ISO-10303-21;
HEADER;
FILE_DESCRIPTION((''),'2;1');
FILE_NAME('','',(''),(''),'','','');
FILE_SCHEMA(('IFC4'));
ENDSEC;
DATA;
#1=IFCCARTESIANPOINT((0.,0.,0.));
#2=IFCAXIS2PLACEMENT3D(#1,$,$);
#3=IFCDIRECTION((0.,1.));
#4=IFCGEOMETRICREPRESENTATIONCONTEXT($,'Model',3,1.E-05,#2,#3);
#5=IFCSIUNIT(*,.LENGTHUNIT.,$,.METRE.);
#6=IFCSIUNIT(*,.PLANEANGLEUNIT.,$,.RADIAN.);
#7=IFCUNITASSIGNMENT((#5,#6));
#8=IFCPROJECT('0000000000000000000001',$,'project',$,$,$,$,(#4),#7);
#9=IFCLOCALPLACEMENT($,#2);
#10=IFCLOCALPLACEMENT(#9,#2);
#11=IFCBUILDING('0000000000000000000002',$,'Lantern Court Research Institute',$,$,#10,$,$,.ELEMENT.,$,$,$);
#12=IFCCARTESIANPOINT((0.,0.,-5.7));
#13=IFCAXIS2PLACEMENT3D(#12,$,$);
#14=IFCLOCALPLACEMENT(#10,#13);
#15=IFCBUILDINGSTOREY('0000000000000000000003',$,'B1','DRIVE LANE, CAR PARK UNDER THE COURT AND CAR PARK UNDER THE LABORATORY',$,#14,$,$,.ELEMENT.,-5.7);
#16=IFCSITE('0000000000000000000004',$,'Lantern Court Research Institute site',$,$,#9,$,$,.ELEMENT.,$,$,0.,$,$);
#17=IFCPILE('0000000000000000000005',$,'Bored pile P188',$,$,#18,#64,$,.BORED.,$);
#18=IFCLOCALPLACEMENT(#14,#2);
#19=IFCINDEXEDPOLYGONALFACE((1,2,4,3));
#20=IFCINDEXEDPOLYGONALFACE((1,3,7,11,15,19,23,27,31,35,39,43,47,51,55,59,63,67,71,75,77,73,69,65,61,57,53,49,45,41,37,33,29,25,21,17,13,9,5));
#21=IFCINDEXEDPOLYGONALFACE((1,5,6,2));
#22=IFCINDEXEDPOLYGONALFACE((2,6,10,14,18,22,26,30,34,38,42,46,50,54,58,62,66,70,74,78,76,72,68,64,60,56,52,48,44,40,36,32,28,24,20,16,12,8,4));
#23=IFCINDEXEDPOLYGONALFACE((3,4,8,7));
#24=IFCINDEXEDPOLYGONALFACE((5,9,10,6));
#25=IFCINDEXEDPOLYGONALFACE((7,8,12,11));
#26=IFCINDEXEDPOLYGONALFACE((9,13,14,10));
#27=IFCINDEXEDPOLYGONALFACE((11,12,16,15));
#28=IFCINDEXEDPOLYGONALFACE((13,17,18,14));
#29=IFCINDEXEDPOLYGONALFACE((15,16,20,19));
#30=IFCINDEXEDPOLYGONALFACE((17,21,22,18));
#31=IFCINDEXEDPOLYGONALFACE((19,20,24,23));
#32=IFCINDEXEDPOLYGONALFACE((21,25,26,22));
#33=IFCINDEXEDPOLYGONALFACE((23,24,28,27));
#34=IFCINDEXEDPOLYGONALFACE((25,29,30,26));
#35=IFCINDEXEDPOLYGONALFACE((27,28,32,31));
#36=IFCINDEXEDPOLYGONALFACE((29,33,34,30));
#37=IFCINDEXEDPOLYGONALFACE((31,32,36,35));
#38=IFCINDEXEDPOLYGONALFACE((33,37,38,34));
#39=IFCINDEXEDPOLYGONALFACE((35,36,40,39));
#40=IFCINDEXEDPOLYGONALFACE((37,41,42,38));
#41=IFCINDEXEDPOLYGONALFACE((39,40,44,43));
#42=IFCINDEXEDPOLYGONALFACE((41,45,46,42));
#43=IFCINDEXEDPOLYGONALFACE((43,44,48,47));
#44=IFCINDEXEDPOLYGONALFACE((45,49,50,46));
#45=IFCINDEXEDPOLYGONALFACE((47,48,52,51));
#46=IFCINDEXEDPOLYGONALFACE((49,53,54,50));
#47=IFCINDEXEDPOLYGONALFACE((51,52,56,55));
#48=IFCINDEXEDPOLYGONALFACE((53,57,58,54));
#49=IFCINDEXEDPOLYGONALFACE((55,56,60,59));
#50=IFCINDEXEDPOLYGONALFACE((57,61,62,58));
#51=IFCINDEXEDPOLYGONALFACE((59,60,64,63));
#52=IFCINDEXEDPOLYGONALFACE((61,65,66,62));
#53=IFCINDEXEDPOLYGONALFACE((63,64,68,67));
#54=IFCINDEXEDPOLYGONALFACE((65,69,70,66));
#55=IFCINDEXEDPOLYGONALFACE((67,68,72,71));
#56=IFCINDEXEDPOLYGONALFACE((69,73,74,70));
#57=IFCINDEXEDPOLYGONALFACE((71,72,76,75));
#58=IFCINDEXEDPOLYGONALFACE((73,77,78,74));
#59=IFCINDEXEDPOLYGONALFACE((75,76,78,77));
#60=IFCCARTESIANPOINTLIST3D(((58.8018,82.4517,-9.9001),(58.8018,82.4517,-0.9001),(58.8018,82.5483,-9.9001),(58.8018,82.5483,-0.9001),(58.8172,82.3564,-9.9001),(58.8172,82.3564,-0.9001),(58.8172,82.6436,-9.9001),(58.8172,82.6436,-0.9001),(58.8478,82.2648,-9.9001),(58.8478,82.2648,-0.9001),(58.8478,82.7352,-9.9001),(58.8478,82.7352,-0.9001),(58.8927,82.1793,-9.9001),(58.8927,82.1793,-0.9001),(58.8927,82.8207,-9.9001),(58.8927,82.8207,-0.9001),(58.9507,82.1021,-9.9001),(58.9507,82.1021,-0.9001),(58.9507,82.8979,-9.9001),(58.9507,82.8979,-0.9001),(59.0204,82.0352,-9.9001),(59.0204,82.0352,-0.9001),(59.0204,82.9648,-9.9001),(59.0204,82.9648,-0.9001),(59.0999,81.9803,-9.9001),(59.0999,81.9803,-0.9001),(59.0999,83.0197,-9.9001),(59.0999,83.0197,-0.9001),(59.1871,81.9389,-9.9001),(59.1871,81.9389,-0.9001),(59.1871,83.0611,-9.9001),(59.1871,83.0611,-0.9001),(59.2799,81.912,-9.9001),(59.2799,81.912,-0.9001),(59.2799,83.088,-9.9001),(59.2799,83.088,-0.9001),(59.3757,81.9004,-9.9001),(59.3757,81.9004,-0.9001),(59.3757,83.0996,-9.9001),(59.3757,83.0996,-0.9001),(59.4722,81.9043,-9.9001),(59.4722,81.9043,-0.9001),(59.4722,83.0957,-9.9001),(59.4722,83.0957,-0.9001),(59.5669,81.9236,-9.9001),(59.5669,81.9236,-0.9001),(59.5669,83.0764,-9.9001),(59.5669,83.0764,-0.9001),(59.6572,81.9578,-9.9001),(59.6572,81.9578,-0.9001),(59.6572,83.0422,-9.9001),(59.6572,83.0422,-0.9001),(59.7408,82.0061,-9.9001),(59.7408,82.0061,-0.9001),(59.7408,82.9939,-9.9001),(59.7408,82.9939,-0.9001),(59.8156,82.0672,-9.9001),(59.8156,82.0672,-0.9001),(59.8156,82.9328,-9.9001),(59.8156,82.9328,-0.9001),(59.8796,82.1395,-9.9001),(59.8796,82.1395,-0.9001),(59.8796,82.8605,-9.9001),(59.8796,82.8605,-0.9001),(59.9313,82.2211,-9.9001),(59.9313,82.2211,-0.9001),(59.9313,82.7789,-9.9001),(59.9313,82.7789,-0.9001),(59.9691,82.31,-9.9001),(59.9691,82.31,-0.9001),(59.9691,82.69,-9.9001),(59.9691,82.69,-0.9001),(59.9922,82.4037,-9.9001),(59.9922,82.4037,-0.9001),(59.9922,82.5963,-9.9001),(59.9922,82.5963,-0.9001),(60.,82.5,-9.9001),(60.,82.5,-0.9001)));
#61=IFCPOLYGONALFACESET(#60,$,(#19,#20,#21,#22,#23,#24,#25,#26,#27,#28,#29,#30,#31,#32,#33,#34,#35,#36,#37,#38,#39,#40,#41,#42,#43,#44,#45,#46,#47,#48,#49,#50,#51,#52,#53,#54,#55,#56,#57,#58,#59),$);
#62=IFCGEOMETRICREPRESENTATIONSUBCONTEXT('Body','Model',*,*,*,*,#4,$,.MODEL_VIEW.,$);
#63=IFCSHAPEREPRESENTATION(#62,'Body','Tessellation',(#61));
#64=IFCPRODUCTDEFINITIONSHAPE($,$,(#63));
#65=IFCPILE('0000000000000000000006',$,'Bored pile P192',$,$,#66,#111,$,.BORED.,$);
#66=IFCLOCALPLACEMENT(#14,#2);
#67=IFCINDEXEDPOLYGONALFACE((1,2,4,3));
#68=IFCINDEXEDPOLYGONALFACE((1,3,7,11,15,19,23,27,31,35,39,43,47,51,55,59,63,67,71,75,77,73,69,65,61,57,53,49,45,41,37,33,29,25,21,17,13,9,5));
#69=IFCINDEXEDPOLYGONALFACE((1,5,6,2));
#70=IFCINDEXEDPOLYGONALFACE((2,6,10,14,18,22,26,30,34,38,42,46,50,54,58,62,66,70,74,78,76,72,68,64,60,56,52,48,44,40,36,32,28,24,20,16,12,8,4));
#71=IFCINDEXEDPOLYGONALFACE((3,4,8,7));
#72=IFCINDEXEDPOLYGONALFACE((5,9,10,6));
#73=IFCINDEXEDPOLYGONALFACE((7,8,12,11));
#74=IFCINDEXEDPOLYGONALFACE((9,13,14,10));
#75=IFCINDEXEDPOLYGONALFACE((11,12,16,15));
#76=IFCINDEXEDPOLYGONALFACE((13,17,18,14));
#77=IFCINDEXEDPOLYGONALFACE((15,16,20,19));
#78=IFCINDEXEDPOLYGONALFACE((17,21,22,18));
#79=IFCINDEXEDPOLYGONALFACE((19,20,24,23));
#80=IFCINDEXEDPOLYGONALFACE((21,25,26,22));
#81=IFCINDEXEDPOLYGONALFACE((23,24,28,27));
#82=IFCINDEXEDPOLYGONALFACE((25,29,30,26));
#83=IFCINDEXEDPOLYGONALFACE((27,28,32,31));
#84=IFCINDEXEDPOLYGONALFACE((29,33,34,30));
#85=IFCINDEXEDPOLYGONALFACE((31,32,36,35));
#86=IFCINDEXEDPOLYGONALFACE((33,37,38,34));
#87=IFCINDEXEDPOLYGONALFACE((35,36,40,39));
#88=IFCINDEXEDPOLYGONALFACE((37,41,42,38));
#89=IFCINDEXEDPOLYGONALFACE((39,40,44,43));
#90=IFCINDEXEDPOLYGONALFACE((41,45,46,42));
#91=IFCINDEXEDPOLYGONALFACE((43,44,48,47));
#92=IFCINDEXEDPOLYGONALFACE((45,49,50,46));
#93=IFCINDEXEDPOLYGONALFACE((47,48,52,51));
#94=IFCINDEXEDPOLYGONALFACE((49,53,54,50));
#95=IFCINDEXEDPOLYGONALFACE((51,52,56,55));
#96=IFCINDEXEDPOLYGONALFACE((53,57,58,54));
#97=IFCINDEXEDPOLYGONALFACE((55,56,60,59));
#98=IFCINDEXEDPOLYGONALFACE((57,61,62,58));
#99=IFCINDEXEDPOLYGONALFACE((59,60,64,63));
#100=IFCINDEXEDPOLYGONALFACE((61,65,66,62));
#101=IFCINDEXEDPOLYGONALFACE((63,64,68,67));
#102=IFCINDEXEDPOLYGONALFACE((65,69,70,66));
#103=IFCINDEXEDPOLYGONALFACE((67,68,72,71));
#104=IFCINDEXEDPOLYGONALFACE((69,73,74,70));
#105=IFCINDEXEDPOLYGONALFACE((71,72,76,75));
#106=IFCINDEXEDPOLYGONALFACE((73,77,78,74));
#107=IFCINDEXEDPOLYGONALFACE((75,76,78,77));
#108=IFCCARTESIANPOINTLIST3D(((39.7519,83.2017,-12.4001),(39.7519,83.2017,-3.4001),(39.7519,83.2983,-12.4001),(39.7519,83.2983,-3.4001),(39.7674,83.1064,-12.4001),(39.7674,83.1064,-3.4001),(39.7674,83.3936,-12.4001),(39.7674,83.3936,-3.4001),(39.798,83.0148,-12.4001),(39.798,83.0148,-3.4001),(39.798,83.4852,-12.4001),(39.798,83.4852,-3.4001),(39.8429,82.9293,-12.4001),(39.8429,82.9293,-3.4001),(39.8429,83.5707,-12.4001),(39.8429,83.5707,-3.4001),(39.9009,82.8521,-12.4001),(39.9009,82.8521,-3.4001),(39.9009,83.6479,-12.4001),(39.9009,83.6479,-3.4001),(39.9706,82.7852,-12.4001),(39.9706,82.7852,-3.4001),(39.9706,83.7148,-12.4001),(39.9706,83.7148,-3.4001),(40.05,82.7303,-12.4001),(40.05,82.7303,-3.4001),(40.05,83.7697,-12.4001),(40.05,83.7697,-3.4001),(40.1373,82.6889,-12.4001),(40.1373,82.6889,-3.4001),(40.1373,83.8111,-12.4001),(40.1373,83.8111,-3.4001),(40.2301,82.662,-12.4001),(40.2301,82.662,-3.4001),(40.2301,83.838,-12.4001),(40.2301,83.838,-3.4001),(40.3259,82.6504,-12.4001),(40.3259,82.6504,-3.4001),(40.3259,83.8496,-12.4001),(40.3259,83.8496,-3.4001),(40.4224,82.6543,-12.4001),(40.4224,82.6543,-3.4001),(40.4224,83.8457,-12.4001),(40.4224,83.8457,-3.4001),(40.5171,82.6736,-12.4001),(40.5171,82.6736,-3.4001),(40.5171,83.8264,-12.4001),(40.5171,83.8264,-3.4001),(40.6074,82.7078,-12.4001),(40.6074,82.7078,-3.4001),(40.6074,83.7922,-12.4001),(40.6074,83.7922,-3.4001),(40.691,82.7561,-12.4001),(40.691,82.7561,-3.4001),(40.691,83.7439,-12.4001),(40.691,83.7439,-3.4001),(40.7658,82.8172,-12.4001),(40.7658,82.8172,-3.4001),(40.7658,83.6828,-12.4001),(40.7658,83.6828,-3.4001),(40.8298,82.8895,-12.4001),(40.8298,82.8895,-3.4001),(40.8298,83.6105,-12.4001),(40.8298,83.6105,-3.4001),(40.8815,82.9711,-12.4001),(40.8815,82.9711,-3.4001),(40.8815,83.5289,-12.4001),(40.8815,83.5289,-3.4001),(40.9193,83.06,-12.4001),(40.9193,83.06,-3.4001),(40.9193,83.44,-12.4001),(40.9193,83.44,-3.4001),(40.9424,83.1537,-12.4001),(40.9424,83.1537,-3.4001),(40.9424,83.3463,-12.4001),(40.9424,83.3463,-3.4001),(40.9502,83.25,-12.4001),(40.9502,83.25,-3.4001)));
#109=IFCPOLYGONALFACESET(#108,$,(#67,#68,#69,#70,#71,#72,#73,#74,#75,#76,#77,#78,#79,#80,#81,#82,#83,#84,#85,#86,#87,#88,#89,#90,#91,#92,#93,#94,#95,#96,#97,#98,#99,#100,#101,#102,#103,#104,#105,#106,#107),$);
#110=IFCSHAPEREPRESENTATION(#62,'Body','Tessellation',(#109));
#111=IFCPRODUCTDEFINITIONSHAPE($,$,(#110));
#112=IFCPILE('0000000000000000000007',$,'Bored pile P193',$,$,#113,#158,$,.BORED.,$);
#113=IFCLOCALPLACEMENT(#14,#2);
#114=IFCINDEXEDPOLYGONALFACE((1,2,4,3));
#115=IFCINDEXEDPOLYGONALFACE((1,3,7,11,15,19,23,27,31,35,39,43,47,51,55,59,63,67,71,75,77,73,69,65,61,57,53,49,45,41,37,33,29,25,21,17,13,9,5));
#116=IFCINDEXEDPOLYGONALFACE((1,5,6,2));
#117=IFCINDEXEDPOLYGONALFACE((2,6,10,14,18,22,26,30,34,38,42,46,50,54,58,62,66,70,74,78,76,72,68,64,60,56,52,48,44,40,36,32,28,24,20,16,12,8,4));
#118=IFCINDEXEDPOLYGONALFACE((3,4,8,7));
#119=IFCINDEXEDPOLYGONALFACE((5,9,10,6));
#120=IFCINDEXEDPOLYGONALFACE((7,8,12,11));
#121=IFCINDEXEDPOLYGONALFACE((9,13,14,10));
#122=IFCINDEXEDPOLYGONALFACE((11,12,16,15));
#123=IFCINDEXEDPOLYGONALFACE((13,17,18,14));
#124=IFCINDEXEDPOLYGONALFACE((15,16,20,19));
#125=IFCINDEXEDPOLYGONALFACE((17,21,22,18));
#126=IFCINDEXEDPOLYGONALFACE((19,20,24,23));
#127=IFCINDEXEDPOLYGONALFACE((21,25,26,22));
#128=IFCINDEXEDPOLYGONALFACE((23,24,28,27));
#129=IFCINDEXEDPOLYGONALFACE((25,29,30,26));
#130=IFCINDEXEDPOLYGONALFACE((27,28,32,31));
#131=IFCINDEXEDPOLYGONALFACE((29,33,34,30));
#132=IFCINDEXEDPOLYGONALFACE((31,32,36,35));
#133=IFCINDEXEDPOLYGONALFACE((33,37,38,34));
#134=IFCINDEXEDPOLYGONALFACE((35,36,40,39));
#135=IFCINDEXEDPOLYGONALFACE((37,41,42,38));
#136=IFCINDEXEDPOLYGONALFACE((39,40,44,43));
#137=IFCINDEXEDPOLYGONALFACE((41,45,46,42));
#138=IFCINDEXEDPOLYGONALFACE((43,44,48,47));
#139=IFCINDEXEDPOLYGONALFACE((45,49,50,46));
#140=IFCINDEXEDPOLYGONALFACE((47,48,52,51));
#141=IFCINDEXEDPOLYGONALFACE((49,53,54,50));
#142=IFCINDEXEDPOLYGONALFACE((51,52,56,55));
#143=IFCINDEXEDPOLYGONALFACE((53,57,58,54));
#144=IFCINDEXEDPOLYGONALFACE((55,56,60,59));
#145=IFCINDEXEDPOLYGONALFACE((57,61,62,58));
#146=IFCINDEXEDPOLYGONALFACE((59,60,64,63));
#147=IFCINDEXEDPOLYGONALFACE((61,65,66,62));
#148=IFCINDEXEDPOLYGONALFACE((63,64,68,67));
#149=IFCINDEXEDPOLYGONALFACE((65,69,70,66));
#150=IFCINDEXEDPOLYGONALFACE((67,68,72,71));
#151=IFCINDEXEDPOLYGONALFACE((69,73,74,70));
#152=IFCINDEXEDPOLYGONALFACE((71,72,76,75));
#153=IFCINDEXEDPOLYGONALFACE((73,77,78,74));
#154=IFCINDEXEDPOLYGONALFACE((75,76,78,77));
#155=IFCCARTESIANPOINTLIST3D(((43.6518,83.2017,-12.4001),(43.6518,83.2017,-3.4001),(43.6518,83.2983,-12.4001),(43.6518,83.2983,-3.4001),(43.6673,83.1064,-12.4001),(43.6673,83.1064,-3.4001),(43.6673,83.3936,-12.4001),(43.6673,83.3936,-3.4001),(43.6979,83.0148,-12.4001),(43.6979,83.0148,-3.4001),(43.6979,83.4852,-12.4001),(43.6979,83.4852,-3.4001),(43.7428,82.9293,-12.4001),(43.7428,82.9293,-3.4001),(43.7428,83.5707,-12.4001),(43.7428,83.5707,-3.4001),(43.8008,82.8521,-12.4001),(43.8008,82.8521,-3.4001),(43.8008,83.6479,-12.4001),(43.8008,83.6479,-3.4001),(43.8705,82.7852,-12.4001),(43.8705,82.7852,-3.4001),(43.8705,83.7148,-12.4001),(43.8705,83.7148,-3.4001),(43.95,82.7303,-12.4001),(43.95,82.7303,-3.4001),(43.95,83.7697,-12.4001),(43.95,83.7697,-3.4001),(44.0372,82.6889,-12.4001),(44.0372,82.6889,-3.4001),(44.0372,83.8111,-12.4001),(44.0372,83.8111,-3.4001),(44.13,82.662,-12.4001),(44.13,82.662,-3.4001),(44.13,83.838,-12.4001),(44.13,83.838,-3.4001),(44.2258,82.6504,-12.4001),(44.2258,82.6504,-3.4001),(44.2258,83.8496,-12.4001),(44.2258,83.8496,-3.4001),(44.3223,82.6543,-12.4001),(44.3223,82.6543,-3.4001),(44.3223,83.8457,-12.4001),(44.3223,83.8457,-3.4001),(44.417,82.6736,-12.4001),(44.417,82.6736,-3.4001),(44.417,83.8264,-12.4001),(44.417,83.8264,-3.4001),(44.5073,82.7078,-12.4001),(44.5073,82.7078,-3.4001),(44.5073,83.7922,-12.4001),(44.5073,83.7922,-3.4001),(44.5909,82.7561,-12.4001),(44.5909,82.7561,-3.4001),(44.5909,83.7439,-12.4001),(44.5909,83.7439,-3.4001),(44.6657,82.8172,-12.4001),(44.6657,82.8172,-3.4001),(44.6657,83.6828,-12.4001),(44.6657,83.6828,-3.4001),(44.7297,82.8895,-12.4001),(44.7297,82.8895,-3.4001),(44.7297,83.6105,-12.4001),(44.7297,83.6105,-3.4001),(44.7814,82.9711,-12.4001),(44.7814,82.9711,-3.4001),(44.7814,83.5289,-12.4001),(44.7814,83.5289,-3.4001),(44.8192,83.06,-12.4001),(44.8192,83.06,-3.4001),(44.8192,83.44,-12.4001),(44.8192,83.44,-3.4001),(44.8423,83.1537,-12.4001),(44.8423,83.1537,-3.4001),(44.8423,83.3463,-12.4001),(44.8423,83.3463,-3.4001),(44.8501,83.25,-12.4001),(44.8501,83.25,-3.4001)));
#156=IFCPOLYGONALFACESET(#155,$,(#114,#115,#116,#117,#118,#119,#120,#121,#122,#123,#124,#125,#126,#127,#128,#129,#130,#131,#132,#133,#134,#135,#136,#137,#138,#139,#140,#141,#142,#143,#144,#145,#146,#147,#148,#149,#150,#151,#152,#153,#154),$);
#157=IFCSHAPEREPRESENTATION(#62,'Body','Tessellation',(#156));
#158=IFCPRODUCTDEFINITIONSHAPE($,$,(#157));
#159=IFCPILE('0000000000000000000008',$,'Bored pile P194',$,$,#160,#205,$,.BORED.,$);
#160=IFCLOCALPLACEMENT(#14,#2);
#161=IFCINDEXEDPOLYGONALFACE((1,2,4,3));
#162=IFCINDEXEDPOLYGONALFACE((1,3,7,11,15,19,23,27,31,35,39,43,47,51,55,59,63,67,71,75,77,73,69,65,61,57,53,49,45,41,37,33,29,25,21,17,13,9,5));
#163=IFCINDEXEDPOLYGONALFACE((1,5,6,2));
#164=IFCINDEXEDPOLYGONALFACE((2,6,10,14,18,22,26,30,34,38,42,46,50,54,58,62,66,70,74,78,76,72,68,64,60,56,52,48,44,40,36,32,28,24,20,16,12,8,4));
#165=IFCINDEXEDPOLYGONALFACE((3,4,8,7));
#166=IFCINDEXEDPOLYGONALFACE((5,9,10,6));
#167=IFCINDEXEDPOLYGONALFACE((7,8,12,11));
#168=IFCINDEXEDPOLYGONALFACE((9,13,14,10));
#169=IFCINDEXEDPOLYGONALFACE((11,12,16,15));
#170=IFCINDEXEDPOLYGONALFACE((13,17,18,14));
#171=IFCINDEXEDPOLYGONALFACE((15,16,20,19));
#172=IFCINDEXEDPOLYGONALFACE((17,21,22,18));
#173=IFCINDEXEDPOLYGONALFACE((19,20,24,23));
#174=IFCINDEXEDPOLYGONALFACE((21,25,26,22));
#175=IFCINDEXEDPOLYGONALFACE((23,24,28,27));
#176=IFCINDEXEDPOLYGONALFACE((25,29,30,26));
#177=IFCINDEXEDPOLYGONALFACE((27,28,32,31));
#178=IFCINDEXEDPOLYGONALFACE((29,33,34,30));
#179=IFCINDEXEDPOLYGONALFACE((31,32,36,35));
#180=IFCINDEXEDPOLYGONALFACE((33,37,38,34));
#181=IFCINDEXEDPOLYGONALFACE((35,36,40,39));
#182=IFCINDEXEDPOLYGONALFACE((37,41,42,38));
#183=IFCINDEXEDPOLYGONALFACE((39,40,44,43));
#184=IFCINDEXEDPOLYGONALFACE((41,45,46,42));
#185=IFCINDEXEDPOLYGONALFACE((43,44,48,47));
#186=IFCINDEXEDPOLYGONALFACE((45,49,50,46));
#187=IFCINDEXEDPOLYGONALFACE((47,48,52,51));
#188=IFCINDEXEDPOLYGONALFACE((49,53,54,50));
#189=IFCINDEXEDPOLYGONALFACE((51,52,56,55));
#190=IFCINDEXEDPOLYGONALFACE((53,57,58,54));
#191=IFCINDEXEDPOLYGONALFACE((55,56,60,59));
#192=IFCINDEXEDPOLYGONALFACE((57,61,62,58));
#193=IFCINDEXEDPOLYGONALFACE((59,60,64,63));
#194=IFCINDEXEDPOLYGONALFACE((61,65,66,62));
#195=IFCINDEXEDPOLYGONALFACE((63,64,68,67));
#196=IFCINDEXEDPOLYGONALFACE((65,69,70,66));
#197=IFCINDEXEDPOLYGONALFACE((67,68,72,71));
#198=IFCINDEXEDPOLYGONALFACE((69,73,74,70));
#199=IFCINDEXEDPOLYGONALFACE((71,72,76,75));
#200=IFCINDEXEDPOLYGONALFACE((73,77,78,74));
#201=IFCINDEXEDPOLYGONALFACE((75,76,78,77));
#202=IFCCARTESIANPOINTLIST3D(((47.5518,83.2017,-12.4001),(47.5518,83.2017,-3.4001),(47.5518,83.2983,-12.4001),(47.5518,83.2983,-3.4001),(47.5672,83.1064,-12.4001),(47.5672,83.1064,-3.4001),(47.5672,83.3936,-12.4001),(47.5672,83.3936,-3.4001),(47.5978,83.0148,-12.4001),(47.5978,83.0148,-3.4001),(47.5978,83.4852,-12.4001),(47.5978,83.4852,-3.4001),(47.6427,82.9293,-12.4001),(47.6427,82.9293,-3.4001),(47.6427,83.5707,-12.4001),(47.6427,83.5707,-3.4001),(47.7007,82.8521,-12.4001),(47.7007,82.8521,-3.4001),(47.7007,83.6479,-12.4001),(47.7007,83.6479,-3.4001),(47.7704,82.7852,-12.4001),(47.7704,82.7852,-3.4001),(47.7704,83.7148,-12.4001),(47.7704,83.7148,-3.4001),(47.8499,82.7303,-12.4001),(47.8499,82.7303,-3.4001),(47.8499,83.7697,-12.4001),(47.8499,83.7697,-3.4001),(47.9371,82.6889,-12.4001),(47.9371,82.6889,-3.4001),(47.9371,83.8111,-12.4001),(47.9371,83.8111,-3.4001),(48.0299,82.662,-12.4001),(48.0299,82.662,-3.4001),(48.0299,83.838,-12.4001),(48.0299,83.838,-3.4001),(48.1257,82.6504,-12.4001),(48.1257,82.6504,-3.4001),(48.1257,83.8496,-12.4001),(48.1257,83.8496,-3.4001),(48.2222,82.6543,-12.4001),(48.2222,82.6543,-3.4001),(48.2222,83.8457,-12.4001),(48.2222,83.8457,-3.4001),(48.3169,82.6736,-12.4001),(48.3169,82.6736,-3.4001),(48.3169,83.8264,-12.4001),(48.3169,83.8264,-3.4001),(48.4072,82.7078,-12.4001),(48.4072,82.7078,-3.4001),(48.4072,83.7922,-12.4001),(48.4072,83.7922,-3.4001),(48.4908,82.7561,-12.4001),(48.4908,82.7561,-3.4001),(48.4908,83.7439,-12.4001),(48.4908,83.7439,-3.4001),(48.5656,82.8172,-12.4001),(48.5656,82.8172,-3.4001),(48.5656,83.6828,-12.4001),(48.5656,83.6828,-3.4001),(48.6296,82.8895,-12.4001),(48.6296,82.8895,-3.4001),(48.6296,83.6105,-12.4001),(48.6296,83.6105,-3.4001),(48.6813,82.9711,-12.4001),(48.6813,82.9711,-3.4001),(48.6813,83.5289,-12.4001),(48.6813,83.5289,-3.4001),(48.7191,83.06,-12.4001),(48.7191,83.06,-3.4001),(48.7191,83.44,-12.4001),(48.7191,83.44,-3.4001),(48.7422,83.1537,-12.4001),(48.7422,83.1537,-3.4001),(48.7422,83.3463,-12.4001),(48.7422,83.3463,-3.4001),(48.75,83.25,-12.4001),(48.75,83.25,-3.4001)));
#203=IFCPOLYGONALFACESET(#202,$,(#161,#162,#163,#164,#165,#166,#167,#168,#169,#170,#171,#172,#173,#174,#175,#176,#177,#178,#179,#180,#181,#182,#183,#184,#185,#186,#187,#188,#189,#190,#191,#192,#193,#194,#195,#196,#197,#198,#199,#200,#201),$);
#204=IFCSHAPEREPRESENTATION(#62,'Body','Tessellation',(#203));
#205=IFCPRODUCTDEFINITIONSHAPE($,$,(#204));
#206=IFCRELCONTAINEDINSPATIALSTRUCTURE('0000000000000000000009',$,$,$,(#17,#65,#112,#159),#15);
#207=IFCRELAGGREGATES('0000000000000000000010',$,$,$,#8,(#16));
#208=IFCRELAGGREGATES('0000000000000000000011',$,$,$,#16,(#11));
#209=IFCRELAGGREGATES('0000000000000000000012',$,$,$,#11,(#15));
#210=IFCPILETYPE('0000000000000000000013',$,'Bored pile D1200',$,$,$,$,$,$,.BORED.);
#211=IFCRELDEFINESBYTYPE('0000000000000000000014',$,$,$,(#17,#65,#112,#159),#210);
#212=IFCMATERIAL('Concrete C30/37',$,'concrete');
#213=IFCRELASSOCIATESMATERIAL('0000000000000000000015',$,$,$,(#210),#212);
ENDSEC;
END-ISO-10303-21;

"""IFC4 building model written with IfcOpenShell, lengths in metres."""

from ifc_helpers import new_model, si_unit, direction, frame, origin, origin_2d, place, context, subcontext, project, spatial, circle, extrude, material, material_profile, profile_set, type_object, element, save


model = new_model("IFC4")

# Units and contexts
model_context = context("Model", 3, precision=1e-05, world=origin(), true_north=direction((0.0, 1.0)))
body_context = subcontext(model_context, "Body", "Model", "MODEL_VIEW")
ifc_project = project(units=[si_unit("LENGTHUNIT", "METRE"), si_unit("PLANEANGLEUNIT", "RADIAN")], contexts=[model_context])

# Site, building, storey
site_placement = place(None, origin())
site = spatial("IfcSite", under=ifc_project, at=site_placement, Name="Lantern Court Research Institute site", CompositionType="ELEMENT", RefElevation=0.0)
building_placement = place(site_placement, origin())
building = spatial("IfcBuilding", under=site, at=building_placement, Name="Lantern Court Research Institute", CompositionType="ELEMENT")
storey_placement = place(building_placement, frame((0.0, 0.0, -5.7)))
storey = spatial("IfcBuildingStorey", under=building, at=storey_placement, Name="B1", Description="DRIVE LANE, CAR PARK UNDER THE COURT AND CAR PARK UNDER THE LABORATORY", CompositionType="ELEMENT", Elevation=-5.7)

# Piles
ifc_material_1 = material(Name="Concrete C30/37", Category="concrete")
ifc_material_profile = material_profile(ifc_material_1, circle(Radius=0.6001, at=origin_2d()), Name="Bored pile D1200")
ifc_profile_set = profile_set([ifc_material_profile], Name="Concrete C30/37")
pile_type = type_object("IfcPileType", Name="Bored pile D1200", PredefinedType="BORED", material=ifc_profile_set)
for number, where, z_axis, x_axis, name in (
    (1, (59.3999, 82.5, -0.9001), (0.0, 0.0, -1.0), (1.0, 0.0, 0.0), "Bored pile P188"),
    (2, (40.3501, 83.25, -3.4001), (0.0, 0.0, -1.0), (1.0, 0.0, 0.0), "Bored pile P192"),
    (3, (44.25, 83.25, -3.4001), (0.0, 0.0, -1.0), (1.0, 0.0, 0.0), "Bored pile P193"),
    (4, (48.1499, 83.25, -3.4001), (0.0, 0.0, -1.0), (1.0, 0.0, 0.0), "Bored pile P194"),
):
    element("IfcPile", number, at=place(storey_placement, frame(where, z_axis=z_axis, x_axis=x_axis)), inside=storey, type_object=pile_type, Name=name, PredefinedType="BORED", context=body_context, shape_type="SweptSolid", body=[
        extrude(circle(Radius=0.6001, at=origin_2d()), origin(), (0.0, 0.0, 1.0), 9.0),
    ])

save(model, "model.ifc")
